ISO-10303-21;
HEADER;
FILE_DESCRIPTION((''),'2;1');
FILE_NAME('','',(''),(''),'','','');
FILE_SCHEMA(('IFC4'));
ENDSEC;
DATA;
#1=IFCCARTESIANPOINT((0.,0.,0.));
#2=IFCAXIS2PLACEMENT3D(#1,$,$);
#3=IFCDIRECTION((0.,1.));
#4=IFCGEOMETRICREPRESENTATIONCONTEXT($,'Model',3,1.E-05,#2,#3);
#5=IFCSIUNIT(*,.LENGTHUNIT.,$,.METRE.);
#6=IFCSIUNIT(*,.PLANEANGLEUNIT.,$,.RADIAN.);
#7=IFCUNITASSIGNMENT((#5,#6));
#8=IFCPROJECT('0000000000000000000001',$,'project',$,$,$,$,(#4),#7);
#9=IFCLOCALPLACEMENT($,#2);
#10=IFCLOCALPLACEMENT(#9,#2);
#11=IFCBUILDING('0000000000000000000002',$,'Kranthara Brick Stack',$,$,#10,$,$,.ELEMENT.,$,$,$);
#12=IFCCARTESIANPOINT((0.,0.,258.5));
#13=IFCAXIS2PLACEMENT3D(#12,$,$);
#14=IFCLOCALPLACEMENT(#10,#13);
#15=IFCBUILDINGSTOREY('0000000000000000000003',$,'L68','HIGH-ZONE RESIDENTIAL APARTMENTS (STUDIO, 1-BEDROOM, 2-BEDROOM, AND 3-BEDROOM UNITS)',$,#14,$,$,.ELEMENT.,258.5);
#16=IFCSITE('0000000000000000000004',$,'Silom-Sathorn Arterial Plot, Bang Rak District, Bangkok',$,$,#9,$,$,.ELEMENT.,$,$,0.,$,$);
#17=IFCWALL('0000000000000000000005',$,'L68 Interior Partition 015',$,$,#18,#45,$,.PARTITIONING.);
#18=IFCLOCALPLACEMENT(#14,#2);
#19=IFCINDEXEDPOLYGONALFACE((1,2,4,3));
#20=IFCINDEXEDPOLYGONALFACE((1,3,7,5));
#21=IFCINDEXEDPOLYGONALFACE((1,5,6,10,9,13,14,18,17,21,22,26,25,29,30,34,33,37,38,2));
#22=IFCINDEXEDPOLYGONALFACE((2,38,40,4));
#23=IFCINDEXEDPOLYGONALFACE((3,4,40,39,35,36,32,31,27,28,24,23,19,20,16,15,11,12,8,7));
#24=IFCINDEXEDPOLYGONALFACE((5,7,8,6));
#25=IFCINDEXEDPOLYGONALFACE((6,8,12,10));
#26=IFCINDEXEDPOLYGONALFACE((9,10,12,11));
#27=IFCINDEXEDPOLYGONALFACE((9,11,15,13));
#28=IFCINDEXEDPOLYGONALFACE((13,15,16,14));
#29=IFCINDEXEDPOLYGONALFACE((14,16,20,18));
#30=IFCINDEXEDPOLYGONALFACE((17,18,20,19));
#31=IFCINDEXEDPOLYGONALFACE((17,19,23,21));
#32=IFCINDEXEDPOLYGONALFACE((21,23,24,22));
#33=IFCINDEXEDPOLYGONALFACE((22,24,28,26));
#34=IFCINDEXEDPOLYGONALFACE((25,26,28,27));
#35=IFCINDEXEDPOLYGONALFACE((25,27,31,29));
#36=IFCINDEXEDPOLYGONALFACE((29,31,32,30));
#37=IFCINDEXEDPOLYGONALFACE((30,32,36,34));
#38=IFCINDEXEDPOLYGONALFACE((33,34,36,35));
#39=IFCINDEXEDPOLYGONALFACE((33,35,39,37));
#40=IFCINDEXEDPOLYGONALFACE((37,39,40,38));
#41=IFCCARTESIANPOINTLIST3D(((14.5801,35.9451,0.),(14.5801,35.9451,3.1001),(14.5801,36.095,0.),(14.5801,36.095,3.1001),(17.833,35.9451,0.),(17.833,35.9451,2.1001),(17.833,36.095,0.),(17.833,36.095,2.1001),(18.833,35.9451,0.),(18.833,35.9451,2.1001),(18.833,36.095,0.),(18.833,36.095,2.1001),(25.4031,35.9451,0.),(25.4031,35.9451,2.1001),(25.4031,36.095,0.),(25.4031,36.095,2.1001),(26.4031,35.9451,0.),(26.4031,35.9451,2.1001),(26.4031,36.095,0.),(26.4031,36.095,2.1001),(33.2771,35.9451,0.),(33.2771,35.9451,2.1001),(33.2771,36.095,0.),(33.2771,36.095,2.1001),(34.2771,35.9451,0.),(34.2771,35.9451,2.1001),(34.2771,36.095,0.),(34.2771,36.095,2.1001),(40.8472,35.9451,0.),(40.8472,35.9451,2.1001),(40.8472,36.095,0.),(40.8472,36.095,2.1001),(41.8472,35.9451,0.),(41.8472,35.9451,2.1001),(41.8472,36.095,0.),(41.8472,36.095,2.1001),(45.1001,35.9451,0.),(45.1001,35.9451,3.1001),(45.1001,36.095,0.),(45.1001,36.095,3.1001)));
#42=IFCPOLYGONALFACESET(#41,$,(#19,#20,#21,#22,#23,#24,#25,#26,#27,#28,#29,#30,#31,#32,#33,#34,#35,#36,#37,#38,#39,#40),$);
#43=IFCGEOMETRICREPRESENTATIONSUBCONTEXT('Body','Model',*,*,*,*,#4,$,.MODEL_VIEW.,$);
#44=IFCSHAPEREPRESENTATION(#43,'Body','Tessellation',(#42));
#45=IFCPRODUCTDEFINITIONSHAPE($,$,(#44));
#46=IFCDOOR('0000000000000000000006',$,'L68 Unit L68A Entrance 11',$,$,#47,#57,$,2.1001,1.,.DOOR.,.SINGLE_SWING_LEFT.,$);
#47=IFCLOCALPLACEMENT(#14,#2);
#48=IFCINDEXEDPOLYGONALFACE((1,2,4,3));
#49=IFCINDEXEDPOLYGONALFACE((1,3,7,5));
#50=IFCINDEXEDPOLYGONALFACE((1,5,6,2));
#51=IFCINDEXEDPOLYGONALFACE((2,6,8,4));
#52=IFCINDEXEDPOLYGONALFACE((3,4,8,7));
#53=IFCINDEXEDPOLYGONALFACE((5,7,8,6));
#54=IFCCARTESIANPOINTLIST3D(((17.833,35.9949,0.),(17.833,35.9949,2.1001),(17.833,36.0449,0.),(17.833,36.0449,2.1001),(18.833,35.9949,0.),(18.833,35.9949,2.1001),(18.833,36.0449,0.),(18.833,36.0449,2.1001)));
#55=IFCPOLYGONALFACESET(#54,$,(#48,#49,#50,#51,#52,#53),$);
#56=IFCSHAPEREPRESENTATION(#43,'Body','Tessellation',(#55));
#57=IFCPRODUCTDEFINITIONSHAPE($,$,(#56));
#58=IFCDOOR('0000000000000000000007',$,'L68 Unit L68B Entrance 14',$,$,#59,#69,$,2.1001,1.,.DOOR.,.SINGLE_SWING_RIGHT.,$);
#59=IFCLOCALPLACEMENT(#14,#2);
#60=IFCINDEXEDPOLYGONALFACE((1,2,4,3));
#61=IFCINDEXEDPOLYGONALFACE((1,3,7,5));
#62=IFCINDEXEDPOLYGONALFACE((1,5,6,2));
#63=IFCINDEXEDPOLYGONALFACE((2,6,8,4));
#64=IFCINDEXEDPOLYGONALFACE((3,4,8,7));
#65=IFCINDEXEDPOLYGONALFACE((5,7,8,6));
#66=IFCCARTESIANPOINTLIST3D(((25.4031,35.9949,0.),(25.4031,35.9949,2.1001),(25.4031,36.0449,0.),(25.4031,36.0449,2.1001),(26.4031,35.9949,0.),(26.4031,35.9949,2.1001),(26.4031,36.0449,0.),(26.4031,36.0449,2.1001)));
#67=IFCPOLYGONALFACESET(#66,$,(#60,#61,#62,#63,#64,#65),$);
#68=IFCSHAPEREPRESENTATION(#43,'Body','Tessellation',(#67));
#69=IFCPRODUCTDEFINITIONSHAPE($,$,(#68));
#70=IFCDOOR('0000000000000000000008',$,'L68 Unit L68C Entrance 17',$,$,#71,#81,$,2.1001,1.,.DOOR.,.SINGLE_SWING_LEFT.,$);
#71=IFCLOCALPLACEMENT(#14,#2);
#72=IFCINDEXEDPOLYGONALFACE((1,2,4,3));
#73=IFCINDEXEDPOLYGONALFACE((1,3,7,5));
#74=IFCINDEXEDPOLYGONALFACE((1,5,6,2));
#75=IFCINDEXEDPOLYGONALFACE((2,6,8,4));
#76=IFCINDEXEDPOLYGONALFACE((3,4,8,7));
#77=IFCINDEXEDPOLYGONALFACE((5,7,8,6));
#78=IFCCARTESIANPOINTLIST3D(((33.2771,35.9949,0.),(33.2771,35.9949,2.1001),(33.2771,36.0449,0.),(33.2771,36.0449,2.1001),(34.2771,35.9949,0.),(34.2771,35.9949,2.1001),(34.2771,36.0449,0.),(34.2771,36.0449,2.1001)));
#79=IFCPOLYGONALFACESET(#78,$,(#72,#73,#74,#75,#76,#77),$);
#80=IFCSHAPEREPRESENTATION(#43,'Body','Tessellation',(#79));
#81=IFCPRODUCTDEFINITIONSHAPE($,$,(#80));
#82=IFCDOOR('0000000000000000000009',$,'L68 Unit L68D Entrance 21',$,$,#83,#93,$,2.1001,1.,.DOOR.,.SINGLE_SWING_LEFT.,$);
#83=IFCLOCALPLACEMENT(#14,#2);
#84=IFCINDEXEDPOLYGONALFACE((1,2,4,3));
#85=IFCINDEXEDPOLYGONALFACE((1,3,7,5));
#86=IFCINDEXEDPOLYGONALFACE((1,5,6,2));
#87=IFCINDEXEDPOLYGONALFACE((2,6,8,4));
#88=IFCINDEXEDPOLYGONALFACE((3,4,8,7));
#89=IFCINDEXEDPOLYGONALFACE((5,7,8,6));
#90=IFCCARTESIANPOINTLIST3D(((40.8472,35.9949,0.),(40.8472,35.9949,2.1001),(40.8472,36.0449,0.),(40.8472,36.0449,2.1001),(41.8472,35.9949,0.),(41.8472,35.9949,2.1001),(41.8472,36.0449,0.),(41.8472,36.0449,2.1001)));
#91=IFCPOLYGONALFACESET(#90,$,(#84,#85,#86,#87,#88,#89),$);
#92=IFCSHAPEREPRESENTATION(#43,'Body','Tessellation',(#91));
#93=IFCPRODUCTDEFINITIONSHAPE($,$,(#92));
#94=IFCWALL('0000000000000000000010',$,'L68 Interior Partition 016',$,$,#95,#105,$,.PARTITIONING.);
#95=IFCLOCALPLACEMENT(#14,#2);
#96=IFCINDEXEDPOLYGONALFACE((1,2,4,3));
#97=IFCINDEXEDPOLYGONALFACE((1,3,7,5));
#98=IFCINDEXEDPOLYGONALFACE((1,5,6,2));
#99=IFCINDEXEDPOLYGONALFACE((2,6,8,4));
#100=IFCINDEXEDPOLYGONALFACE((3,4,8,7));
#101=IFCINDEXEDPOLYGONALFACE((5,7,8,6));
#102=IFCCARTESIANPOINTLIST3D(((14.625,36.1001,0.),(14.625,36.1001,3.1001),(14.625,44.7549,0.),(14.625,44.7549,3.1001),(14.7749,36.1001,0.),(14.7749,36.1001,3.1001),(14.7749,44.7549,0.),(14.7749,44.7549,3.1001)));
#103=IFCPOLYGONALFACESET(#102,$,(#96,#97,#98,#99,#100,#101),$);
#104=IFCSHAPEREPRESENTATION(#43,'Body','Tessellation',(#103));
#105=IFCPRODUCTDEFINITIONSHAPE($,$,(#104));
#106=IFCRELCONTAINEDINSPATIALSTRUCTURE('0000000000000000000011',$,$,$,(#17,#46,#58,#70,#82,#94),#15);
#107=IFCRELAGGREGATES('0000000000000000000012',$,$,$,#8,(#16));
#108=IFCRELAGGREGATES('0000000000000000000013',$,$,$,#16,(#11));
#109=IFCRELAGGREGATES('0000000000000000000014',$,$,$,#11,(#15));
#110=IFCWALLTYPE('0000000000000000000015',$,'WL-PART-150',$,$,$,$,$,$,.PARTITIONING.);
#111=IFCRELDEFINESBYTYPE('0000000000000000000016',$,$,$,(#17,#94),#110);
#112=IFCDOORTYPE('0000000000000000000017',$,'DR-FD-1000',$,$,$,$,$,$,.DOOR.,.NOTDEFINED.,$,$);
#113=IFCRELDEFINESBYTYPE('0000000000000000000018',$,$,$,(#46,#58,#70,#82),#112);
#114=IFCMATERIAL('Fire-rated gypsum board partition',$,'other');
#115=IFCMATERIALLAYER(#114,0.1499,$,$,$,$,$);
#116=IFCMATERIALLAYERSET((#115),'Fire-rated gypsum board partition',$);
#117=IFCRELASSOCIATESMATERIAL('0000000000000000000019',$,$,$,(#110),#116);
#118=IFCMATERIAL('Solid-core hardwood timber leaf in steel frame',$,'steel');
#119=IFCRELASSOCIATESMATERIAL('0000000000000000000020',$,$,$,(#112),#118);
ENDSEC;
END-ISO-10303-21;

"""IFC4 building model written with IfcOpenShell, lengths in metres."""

from ifc_helpers import new_model, si_unit, direction, frame, frame_2d, origin, place, context, subcontext, project, spatial, rectangle, extrude, material, layer, layer_set, type_object, element, fill, save


model = new_model("IFC4")

# Units and contexts
model_context = context("Model", 3, precision=1e-05, world=origin(), true_north=direction((0.0, 1.0)))
body_context = subcontext(model_context, "Body", "Model", "MODEL_VIEW")
ifc_project = project(units=[si_unit("LENGTHUNIT", "METRE"), si_unit("PLANEANGLEUNIT", "RADIAN")], contexts=[model_context])

# Site, building, storey
site_placement = place(None, origin())
site = spatial("IfcSite", under=ifc_project, at=site_placement, Name="Silom-Sathorn Arterial Plot, Bang Rak District, Bangkok", CompositionType="ELEMENT", RefElevation=0.0)
building_placement = place(site_placement, origin())
building = spatial("IfcBuilding", under=site, at=building_placement, Name="Kranthara Brick Stack", CompositionType="ELEMENT")
storey_placement = place(building_placement, frame((0.0, 0.0, 258.5)))
storey = spatial("IfcBuildingStorey", under=building, at=storey_placement, Name="L68", Description="HIGH-ZONE RESIDENTIAL APARTMENTS (STUDIO, 1-BEDROOM, 2-BEDROOM, AND 3-BEDROOM UNITS)", CompositionType="ELEMENT", Elevation=258.5)

# Wall, openings, doors
ifc_material_1 = material(Name="Fire-rated gypsum board partition", Category="other")
ifc_layer_1 = layer(ifc_material_1, 0.1499)
ifc_layer_set_1 = layer_set([ifc_layer_1], Name="Fire-rated gypsum board partition")
wall_type_1 = type_object("IfcWallType", Name="WL-PART-150", PredefinedType="PARTITIONING", material=ifc_layer_set_1)
wall_1_placement = place(storey_placement, frame((14.5801, 36.02, 0.0), z_axis=(0.0, 0.0, 1.0), x_axis=(1.0, 0.0, 0.0)))
wall_1 = element("IfcWall", 1, at=wall_1_placement, inside=storey, type_object=wall_type_1, Name="L68 Interior Partition 015", PredefinedType="PARTITIONING", context=body_context, shape_type="SweptSolid", body=[
    extrude(rectangle(XDim=30.52, YDim=0.1499, at=frame_2d((15.26, 0.0))), origin(), (0.0, 0.0, 1.0), 3.1001),
])
opening_1_placement = place(wall_1_placement, frame((3.2529, 0.0, 0.0)))
opening_1 = element("IfcOpeningElement", 2, at=opening_1_placement, cuts=wall_1, PredefinedType="OPENING", context=body_context, shape_type="SweptSolid", body=[
    extrude(rectangle(XDim=1.0, YDim=2.1001, at=frame_2d((0.5, 1.05))), frame((0.0, 0.085, 0.0), z_axis=(0.0, -1.0, 0.0), x_axis=(1.0, 0.0, 0.0)), (0.0, 0.0, 1.0), 0.1699),
])
opening_2_placement = place(wall_1_placement, frame((10.823, 0.0, 0.0)))
opening_2 = element("IfcOpeningElement", 3, at=opening_2_placement, cuts=wall_1, PredefinedType="OPENING", context=body_context, shape_type="SweptSolid", body=[
    extrude(rectangle(XDim=1.0, YDim=2.1001, at=frame_2d((0.5, 1.05))), frame((0.0, 0.085, 0.0), z_axis=(0.0, -1.0, 0.0), x_axis=(1.0, 0.0, 0.0)), (0.0, 0.0, 1.0), 0.1699),
])
opening_3_placement = place(wall_1_placement, frame((18.697, 0.0, 0.0)))
opening_3 = element("IfcOpeningElement", 4, at=opening_3_placement, cuts=wall_1, PredefinedType="OPENING", context=body_context, shape_type="SweptSolid", body=[
    extrude(rectangle(XDim=1.0, YDim=2.1001, at=frame_2d((0.5, 1.05))), frame((0.0, 0.085, 0.0), z_axis=(0.0, -1.0, 0.0), x_axis=(1.0, 0.0, 0.0)), (0.0, 0.0, 1.0), 0.1699),
])
opening_4_placement = place(wall_1_placement, frame((26.2671, 0.0, 0.0)))
opening_4 = element("IfcOpeningElement", 5, at=opening_4_placement, cuts=wall_1, PredefinedType="OPENING", context=body_context, shape_type="SweptSolid", body=[
    extrude(rectangle(XDim=1.0, YDim=2.1001, at=frame_2d((0.5, 1.05))), frame((0.0, 0.085, 0.0), z_axis=(0.0, -1.0, 0.0), x_axis=(1.0, 0.0, 0.0)), (0.0, 0.0, 1.0), 0.1699),
])
ifc_material_2 = material(Name="Solid-core hardwood timber leaf in steel frame", Category="steel")
door_type_1 = type_object("IfcDoorType", Name="DR-FD-1000", OperationType="NOTDEFINED", PredefinedType="DOOR", material=ifc_material_2)
door_1_placement = place(opening_1_placement, origin())
door_1 = element("IfcDoor", 6, at=door_1_placement, inside=storey, type_object=door_type_1, Name="L68 Unit L68A Entrance 11", OperationType="SINGLE_SWING_LEFT", OverallHeight=2.1001, OverallWidth=1.0, PredefinedType="DOOR", context=body_context, shape_type="SweptSolid", body=[
    extrude(rectangle(XDim=1.0, YDim=2.1001, at=frame_2d((0.5, 1.05))), frame((0.0, 0.0249, 0.0), z_axis=(0.0, -1.0, 0.0), x_axis=(1.0, 0.0, 0.0)), (0.0, 0.0, 1.0), 0.05),
])
fill(opening_1, door_1)
door_2_placement = place(opening_2_placement, origin())
door_2 = element("IfcDoor", 7, at=door_2_placement, inside=storey, type_object=door_type_1, Name="L68 Unit L68B Entrance 14", OperationType="SINGLE_SWING_RIGHT", OverallHeight=2.1001, OverallWidth=1.0, PredefinedType="DOOR", context=body_context, shape_type="SweptSolid", body=[
    extrude(rectangle(XDim=1.0, YDim=2.1001, at=frame_2d((0.5, 1.05))), frame((0.0, 0.0249, 0.0), z_axis=(0.0, -1.0, 0.0), x_axis=(1.0, 0.0, 0.0)), (0.0, 0.0, 1.0), 0.05),
])
fill(opening_2, door_2)
door_3_placement = place(opening_3_placement, origin())
door_3 = element("IfcDoor", 8, at=door_3_placement, inside=storey, type_object=door_type_1, Name="L68 Unit L68C Entrance 17", OperationType="SINGLE_SWING_LEFT", OverallHeight=2.1001, OverallWidth=1.0, PredefinedType="DOOR", context=body_context, shape_type="SweptSolid", body=[
    extrude(rectangle(XDim=1.0, YDim=2.1001, at=frame_2d((0.5, 1.05))), frame((0.0, 0.0249, 0.0), z_axis=(0.0, -1.0, 0.0), x_axis=(1.0, 0.0, 0.0)), (0.0, 0.0, 1.0), 0.05),
])
fill(opening_3, door_3)
door_4_placement = place(opening_4_placement, origin())
door_4 = element("IfcDoor", 9, at=door_4_placement, inside=storey, type_object=door_type_1, Name="L68 Unit L68D Entrance 21", OperationType="SINGLE_SWING_LEFT", OverallHeight=2.1001, OverallWidth=1.0, PredefinedType="DOOR", context=body_context, shape_type="SweptSolid", body=[
    extrude(rectangle(XDim=1.0, YDim=2.1001, at=frame_2d((0.5, 1.05))), frame((0.0, 0.0249, 0.0), z_axis=(0.0, -1.0, 0.0), x_axis=(1.0, 0.0, 0.0)), (0.0, 0.0, 1.0), 0.05),
])
fill(opening_4, door_4)

# Wall
wall_2_placement = place(storey_placement, frame((14.7, 36.1001, 0.0), z_axis=(0.0, 0.0, 1.0), x_axis=(0.0, 1.0, 0.0)))
element("IfcWall", 10, at=wall_2_placement, inside=storey, type_object=wall_type_1, Name="L68 Interior Partition 016", PredefinedType="PARTITIONING", context=body_context, shape_type="SweptSolid", body=[
    extrude(rectangle(XDim=8.6548, YDim=0.1499, at=frame_2d((4.3274, 0.0))), origin(), (0.0, 0.0, 1.0), 3.1001),
])

save(model, "model.ifc")
